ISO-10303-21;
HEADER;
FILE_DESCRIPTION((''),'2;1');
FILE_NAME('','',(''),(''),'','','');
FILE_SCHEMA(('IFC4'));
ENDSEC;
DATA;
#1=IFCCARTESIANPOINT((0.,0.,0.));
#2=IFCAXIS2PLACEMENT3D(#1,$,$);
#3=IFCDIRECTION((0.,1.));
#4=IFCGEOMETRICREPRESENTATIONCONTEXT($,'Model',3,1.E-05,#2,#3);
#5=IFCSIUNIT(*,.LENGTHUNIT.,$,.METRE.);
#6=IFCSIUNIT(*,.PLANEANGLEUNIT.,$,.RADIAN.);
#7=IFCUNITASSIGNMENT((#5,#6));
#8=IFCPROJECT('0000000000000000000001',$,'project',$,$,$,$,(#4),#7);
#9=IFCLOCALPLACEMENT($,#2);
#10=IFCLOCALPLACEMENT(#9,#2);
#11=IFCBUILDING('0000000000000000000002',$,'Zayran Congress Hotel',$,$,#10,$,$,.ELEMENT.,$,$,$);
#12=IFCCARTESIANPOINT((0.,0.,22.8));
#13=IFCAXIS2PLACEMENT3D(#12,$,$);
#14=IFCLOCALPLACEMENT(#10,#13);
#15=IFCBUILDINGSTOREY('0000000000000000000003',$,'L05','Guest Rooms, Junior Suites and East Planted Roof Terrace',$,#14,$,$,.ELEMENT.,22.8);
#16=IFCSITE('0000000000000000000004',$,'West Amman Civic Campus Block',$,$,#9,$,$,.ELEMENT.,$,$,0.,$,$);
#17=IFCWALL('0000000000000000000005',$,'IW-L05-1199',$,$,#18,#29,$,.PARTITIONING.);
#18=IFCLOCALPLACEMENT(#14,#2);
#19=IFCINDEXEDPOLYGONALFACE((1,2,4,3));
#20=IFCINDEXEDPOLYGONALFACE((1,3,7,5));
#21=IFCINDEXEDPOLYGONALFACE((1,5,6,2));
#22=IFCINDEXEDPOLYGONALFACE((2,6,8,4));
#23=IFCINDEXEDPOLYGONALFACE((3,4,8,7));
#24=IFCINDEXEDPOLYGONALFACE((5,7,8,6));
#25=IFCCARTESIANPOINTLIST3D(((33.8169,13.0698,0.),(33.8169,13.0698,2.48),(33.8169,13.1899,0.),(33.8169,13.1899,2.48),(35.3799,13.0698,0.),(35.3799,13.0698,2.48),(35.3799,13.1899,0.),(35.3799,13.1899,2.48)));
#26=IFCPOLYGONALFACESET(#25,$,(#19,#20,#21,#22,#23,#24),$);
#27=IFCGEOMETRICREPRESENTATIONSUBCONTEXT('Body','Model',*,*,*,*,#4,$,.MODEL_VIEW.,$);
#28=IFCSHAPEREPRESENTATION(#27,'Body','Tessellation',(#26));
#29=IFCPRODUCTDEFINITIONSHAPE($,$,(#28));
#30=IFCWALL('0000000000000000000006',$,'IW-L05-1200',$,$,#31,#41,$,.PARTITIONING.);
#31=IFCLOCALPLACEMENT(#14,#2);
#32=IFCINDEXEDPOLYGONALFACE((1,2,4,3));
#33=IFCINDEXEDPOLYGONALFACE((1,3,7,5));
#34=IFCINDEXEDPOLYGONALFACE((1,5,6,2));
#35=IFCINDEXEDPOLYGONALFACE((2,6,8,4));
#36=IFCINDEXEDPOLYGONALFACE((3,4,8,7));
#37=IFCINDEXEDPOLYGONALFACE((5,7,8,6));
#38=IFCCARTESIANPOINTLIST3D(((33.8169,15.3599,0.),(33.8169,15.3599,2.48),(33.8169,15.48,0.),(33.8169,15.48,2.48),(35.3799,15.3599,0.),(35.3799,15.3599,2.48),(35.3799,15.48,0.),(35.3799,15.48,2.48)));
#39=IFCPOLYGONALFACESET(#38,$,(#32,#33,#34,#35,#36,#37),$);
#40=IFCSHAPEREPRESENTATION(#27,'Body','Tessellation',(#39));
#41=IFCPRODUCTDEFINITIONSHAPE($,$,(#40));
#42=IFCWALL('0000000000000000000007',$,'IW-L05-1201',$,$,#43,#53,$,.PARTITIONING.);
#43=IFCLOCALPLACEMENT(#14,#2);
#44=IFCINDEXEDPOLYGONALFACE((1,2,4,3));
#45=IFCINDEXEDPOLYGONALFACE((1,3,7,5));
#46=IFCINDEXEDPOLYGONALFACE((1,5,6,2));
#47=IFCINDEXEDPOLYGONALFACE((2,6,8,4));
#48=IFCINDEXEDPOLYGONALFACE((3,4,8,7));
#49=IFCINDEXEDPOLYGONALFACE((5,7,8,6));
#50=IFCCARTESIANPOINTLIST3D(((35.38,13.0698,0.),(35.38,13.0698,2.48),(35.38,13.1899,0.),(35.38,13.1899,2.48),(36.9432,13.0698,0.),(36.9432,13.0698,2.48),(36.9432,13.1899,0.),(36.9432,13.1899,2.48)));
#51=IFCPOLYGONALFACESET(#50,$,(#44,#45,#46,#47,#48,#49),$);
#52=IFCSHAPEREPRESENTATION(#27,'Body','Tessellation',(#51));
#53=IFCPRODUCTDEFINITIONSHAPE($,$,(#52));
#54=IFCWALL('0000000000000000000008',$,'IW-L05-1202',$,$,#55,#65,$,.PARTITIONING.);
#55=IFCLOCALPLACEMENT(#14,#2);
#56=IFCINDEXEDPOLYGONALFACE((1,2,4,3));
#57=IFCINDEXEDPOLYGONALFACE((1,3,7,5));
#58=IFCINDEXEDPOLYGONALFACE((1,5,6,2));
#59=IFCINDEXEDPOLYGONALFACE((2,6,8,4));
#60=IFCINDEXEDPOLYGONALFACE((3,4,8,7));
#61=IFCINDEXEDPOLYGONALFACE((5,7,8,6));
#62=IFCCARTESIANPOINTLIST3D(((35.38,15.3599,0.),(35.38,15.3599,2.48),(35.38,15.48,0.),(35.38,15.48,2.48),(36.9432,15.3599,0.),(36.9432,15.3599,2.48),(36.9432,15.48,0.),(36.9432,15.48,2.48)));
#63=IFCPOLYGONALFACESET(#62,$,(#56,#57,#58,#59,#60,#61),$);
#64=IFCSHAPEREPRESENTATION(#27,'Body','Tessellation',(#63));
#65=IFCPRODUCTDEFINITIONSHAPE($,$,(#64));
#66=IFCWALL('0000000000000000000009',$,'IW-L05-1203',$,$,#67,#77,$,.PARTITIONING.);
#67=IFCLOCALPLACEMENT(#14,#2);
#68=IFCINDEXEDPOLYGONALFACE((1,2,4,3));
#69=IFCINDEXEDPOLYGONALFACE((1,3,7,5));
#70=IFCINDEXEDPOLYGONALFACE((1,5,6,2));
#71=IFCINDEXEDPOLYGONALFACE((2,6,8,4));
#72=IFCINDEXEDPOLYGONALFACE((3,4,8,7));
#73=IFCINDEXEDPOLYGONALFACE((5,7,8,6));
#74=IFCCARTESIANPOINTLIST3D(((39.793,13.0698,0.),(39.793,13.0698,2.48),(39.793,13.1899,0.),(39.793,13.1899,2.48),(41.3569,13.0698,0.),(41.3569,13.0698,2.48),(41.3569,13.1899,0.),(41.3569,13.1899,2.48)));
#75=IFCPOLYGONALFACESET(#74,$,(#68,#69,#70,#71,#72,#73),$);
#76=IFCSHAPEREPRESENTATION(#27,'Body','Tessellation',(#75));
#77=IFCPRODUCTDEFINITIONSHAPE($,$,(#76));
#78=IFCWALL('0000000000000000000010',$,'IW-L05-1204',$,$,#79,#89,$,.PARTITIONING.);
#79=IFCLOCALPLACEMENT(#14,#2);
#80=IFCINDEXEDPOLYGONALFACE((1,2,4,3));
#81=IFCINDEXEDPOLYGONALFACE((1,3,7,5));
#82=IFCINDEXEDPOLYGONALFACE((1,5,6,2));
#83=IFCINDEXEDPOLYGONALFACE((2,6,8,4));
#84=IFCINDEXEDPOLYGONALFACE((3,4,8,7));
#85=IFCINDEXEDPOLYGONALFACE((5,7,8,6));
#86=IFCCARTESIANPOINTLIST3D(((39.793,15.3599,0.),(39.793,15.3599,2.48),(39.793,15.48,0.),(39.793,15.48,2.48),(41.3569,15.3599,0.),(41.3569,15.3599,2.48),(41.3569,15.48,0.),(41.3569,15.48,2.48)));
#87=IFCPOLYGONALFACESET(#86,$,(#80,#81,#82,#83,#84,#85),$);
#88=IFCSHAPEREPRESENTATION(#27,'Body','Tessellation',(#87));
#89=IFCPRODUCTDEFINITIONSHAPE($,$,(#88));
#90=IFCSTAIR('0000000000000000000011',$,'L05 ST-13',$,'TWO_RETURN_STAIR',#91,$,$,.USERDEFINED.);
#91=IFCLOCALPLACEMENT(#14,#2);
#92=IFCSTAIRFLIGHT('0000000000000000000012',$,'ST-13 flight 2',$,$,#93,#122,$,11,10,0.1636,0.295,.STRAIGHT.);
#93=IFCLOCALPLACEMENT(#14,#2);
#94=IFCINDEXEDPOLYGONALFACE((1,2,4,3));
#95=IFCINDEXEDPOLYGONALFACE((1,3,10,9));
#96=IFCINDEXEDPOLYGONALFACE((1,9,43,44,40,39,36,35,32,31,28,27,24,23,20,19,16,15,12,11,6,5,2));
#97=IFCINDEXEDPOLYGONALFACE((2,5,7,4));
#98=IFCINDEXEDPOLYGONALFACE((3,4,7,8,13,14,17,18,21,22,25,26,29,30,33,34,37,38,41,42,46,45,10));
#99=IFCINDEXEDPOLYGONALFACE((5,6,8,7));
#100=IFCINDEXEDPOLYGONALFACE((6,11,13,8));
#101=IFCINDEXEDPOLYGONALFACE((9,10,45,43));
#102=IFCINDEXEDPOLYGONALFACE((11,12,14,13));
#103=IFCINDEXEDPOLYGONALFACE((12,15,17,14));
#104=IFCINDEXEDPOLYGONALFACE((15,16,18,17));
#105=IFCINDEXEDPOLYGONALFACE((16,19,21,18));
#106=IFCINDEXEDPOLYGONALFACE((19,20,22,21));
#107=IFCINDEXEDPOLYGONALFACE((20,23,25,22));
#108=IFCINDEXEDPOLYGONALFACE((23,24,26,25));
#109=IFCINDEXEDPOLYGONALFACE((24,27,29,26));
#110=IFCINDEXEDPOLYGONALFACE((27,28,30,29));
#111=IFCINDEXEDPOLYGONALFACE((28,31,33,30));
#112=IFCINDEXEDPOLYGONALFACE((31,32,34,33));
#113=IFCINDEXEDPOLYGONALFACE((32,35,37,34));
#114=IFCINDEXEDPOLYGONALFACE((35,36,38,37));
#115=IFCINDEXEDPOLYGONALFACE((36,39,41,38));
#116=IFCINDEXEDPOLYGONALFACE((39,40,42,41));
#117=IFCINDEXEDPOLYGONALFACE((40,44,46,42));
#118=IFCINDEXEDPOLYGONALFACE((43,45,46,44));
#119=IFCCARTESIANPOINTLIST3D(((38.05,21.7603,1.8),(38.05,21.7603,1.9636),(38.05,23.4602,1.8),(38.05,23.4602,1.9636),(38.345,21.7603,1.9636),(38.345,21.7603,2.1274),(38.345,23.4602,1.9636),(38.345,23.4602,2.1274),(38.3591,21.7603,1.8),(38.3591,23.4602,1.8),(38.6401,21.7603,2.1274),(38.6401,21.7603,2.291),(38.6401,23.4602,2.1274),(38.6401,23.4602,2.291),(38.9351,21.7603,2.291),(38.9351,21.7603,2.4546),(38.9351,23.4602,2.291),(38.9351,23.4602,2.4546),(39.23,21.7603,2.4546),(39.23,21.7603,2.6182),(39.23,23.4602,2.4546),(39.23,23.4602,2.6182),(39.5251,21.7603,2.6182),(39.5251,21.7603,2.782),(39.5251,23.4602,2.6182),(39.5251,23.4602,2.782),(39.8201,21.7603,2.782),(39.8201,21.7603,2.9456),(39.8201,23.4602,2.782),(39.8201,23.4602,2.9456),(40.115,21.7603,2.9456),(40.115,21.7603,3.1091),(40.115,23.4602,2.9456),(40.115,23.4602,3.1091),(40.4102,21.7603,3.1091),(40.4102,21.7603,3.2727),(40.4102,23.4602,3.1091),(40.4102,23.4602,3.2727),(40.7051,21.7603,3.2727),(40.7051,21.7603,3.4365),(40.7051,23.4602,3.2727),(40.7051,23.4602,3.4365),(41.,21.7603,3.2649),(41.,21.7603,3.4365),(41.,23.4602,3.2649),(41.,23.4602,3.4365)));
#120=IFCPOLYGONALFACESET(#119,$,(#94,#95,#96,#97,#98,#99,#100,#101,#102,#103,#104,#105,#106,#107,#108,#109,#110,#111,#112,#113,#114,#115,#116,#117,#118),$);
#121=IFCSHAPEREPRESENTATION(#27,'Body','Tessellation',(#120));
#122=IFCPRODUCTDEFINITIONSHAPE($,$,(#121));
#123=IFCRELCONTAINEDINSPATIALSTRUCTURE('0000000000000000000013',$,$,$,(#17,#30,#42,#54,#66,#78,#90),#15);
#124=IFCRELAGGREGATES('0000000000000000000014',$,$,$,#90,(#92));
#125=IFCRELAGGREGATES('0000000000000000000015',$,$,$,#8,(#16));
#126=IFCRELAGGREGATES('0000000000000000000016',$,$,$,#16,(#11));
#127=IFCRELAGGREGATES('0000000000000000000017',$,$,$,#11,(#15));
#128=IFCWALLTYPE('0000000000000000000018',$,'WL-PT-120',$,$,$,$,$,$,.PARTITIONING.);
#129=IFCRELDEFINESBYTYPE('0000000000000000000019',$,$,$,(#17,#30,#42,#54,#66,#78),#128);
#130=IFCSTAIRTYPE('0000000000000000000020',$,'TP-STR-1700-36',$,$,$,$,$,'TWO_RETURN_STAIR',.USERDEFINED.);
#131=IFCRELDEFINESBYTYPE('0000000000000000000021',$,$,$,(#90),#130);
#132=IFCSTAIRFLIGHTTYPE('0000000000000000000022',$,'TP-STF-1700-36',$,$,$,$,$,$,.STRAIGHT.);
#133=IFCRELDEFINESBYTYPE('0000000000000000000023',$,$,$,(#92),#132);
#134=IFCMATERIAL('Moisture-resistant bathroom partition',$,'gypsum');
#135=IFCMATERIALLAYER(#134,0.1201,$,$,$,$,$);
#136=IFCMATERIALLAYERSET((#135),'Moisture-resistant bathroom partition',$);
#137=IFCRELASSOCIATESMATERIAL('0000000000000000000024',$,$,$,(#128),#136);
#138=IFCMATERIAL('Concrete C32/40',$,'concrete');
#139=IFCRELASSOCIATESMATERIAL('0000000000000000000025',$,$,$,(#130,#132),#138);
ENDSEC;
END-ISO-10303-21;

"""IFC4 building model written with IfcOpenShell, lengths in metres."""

from ifc_helpers import new_model, si_unit, direction, frame, frame_2d, origin, place, context, subcontext, project, spatial, polyline, rectangle, outline, extrude, material, layer, layer_set, type_object, element, aggregate, save


model = new_model("IFC4")

# Units and contexts
model_context = context("Model", 3, precision=1e-05, world=origin(), true_north=direction((0.0, 1.0)))
body_context = subcontext(model_context, "Body", "Model", "MODEL_VIEW")
ifc_project = project(units=[si_unit("LENGTHUNIT", "METRE"), si_unit("PLANEANGLEUNIT", "RADIAN")], contexts=[model_context])

# Site, building, storey
site_placement = place(None, origin())
site = spatial("IfcSite", under=ifc_project, at=site_placement, Name="West Amman Civic Campus Block", CompositionType="ELEMENT", RefElevation=0.0)
building_placement = place(site_placement, origin())
building = spatial("IfcBuilding", under=site, at=building_placement, Name="Zayran Congress Hotel", CompositionType="ELEMENT")
storey_placement = place(building_placement, frame((0.0, 0.0, 22.8)))
storey = spatial("IfcBuildingStorey", under=building, at=storey_placement, Name="L05", Description="Guest Rooms, Junior Suites and East Planted Roof Terrace", CompositionType="ELEMENT", Elevation=22.8)

# Shared definitions
ifc_material_1 = material(Name="Moisture-resistant bathroom partition", Category="gypsum")
ifc_layer_1 = layer(ifc_material_1, 0.1201)
ifc_layer_set_1 = layer_set([ifc_layer_1], Name="Moisture-resistant bathroom partition")
wall_type_1 = type_object("IfcWallType", Name="WL-PT-120", PredefinedType="PARTITIONING", material=ifc_layer_set_1)

# Walls
for number, where, z_axis, x_axis, name in (
    (1, (33.8169, 13.1299, 0.0), (0.0, 0.0, 1.0), (1.0, 0.0, 0.0), "IW-L05-1199"),
    (2, (33.8169, 15.4199, 0.0), (0.0, 0.0, 1.0), (1.0, 0.0, 0.0), "IW-L05-1200"),
):
    element("IfcWall", number, at=place(storey_placement, frame(where, z_axis=z_axis, x_axis=x_axis)), inside=storey, type_object=wall_type_1, Name=name, PredefinedType="PARTITIONING", context=body_context, shape_type="SweptSolid", body=[
        extrude(rectangle(XDim=1.563, YDim=0.1201, at=frame_2d((0.7815, 0.0))), origin(), (0.0, 0.0, 1.0), 2.48),
    ])
for number, where, z_axis, x_axis, name in (
    (3, (35.3799, 13.1299, 0.0), (0.0, 0.0, 1.0), (1.0, 0.0, 0.0), "IW-L05-1201"),
    (4, (35.3799, 15.4199, 0.0), (0.0, 0.0, 1.0), (1.0, 0.0, 0.0), "IW-L05-1202"),
):
    element("IfcWall", number, at=place(storey_placement, frame(where, z_axis=z_axis, x_axis=x_axis)), inside=storey, type_object=wall_type_1, Name=name, PredefinedType="PARTITIONING", context=body_context, shape_type="SweptSolid", body=[
        extrude(rectangle(XDim=1.5632, YDim=0.1201, at=frame_2d((0.7817, 0.0))), origin(), (0.0, 0.0, 1.0), 2.48),
    ])
for number, where, z_axis, x_axis, name in (
    (5, (39.793, 13.1299, 0.0), (0.0, 0.0, 1.0), (1.0, 0.0, 0.0), "IW-L05-1203"),
    (6, (39.793, 15.4199, 0.0), (0.0, 0.0, 1.0), (1.0, 0.0, 0.0), "IW-L05-1204"),
):
    element("IfcWall", number, at=place(storey_placement, frame(where, z_axis=z_axis, x_axis=x_axis)), inside=storey, type_object=wall_type_1, Name=name, PredefinedType="PARTITIONING", context=body_context, shape_type="SweptSolid", body=[
        extrude(rectangle(XDim=1.564, YDim=0.1201, at=frame_2d((0.782, 0.0))), origin(), (0.0, 0.0, 1.0), 2.48),
    ])

# Stair, stair flight
ifc_material_2 = material(Name="Concrete C32/40", Category="concrete")
stair_type = type_object("IfcStairType", Name="TP-STR-1700-36", ElementType="TWO_RETURN_STAIR", PredefinedType="USERDEFINED", material=ifc_material_2)
stair_placement = place(storey_placement, origin())
stair = element("IfcStair", 7, at=stair_placement, inside=storey, type_object=stair_type, Name="L05 ST-13", ObjectType="TWO_RETURN_STAIR", PredefinedType="USERDEFINED")
stair_flight_type = type_object("IfcStairFlightType", Name="TP-STF-1700-36", PredefinedType="STRAIGHT", material=ifc_material_2)
stair_flight_placement = place(storey_placement, frame((38.05, 22.6101, 1.8), z_axis=(0.0, 0.0, 1.0), x_axis=(1.0, 0.0, 0.0)))
stair_flight = element("IfcStairFlight", 8, at=stair_flight_placement, type_object=stair_flight_type, Name="ST-13 flight 2", NumberOfRisers=11, NumberOfTreads=10, PredefinedType="STRAIGHT", RiserHeight=0.1636, TreadLength=0.295, context=body_context, shape_type="SweptSolid", body=[
    extrude(outline(polyline([(0.0, 0.0), (0.0, 0.1636), (0.2949, 0.1636), (0.2949, 0.3274), (0.5901, 0.3274), (0.5901, 0.491), (0.885, 0.491), (0.885, 0.6545), (1.1799, 0.6545), (1.1799, 0.8181), (1.4751, 0.8181), (1.4751, 0.9819), (1.77, 0.9819), (1.77, 1.1455), (2.0649, 1.1455), (2.0649, 1.3091), (2.3601, 1.3091), (2.3601, 1.4727), (2.655, 1.4727), (2.655, 1.6365), (2.95, 1.6365), (2.95, 1.8), (2.95, 1.4648), (0.3091, 0.0), (0.0, 0.0)])), frame((0.0, 0.8501, 0.0), z_axis=(0.0, -1.0, 0.0), x_axis=(1.0, 0.0, 0.0)), (0.0, 0.0, 1.0), 1.7),
])
aggregate(stair, [stair_flight])

save(model, "model.ifc")
